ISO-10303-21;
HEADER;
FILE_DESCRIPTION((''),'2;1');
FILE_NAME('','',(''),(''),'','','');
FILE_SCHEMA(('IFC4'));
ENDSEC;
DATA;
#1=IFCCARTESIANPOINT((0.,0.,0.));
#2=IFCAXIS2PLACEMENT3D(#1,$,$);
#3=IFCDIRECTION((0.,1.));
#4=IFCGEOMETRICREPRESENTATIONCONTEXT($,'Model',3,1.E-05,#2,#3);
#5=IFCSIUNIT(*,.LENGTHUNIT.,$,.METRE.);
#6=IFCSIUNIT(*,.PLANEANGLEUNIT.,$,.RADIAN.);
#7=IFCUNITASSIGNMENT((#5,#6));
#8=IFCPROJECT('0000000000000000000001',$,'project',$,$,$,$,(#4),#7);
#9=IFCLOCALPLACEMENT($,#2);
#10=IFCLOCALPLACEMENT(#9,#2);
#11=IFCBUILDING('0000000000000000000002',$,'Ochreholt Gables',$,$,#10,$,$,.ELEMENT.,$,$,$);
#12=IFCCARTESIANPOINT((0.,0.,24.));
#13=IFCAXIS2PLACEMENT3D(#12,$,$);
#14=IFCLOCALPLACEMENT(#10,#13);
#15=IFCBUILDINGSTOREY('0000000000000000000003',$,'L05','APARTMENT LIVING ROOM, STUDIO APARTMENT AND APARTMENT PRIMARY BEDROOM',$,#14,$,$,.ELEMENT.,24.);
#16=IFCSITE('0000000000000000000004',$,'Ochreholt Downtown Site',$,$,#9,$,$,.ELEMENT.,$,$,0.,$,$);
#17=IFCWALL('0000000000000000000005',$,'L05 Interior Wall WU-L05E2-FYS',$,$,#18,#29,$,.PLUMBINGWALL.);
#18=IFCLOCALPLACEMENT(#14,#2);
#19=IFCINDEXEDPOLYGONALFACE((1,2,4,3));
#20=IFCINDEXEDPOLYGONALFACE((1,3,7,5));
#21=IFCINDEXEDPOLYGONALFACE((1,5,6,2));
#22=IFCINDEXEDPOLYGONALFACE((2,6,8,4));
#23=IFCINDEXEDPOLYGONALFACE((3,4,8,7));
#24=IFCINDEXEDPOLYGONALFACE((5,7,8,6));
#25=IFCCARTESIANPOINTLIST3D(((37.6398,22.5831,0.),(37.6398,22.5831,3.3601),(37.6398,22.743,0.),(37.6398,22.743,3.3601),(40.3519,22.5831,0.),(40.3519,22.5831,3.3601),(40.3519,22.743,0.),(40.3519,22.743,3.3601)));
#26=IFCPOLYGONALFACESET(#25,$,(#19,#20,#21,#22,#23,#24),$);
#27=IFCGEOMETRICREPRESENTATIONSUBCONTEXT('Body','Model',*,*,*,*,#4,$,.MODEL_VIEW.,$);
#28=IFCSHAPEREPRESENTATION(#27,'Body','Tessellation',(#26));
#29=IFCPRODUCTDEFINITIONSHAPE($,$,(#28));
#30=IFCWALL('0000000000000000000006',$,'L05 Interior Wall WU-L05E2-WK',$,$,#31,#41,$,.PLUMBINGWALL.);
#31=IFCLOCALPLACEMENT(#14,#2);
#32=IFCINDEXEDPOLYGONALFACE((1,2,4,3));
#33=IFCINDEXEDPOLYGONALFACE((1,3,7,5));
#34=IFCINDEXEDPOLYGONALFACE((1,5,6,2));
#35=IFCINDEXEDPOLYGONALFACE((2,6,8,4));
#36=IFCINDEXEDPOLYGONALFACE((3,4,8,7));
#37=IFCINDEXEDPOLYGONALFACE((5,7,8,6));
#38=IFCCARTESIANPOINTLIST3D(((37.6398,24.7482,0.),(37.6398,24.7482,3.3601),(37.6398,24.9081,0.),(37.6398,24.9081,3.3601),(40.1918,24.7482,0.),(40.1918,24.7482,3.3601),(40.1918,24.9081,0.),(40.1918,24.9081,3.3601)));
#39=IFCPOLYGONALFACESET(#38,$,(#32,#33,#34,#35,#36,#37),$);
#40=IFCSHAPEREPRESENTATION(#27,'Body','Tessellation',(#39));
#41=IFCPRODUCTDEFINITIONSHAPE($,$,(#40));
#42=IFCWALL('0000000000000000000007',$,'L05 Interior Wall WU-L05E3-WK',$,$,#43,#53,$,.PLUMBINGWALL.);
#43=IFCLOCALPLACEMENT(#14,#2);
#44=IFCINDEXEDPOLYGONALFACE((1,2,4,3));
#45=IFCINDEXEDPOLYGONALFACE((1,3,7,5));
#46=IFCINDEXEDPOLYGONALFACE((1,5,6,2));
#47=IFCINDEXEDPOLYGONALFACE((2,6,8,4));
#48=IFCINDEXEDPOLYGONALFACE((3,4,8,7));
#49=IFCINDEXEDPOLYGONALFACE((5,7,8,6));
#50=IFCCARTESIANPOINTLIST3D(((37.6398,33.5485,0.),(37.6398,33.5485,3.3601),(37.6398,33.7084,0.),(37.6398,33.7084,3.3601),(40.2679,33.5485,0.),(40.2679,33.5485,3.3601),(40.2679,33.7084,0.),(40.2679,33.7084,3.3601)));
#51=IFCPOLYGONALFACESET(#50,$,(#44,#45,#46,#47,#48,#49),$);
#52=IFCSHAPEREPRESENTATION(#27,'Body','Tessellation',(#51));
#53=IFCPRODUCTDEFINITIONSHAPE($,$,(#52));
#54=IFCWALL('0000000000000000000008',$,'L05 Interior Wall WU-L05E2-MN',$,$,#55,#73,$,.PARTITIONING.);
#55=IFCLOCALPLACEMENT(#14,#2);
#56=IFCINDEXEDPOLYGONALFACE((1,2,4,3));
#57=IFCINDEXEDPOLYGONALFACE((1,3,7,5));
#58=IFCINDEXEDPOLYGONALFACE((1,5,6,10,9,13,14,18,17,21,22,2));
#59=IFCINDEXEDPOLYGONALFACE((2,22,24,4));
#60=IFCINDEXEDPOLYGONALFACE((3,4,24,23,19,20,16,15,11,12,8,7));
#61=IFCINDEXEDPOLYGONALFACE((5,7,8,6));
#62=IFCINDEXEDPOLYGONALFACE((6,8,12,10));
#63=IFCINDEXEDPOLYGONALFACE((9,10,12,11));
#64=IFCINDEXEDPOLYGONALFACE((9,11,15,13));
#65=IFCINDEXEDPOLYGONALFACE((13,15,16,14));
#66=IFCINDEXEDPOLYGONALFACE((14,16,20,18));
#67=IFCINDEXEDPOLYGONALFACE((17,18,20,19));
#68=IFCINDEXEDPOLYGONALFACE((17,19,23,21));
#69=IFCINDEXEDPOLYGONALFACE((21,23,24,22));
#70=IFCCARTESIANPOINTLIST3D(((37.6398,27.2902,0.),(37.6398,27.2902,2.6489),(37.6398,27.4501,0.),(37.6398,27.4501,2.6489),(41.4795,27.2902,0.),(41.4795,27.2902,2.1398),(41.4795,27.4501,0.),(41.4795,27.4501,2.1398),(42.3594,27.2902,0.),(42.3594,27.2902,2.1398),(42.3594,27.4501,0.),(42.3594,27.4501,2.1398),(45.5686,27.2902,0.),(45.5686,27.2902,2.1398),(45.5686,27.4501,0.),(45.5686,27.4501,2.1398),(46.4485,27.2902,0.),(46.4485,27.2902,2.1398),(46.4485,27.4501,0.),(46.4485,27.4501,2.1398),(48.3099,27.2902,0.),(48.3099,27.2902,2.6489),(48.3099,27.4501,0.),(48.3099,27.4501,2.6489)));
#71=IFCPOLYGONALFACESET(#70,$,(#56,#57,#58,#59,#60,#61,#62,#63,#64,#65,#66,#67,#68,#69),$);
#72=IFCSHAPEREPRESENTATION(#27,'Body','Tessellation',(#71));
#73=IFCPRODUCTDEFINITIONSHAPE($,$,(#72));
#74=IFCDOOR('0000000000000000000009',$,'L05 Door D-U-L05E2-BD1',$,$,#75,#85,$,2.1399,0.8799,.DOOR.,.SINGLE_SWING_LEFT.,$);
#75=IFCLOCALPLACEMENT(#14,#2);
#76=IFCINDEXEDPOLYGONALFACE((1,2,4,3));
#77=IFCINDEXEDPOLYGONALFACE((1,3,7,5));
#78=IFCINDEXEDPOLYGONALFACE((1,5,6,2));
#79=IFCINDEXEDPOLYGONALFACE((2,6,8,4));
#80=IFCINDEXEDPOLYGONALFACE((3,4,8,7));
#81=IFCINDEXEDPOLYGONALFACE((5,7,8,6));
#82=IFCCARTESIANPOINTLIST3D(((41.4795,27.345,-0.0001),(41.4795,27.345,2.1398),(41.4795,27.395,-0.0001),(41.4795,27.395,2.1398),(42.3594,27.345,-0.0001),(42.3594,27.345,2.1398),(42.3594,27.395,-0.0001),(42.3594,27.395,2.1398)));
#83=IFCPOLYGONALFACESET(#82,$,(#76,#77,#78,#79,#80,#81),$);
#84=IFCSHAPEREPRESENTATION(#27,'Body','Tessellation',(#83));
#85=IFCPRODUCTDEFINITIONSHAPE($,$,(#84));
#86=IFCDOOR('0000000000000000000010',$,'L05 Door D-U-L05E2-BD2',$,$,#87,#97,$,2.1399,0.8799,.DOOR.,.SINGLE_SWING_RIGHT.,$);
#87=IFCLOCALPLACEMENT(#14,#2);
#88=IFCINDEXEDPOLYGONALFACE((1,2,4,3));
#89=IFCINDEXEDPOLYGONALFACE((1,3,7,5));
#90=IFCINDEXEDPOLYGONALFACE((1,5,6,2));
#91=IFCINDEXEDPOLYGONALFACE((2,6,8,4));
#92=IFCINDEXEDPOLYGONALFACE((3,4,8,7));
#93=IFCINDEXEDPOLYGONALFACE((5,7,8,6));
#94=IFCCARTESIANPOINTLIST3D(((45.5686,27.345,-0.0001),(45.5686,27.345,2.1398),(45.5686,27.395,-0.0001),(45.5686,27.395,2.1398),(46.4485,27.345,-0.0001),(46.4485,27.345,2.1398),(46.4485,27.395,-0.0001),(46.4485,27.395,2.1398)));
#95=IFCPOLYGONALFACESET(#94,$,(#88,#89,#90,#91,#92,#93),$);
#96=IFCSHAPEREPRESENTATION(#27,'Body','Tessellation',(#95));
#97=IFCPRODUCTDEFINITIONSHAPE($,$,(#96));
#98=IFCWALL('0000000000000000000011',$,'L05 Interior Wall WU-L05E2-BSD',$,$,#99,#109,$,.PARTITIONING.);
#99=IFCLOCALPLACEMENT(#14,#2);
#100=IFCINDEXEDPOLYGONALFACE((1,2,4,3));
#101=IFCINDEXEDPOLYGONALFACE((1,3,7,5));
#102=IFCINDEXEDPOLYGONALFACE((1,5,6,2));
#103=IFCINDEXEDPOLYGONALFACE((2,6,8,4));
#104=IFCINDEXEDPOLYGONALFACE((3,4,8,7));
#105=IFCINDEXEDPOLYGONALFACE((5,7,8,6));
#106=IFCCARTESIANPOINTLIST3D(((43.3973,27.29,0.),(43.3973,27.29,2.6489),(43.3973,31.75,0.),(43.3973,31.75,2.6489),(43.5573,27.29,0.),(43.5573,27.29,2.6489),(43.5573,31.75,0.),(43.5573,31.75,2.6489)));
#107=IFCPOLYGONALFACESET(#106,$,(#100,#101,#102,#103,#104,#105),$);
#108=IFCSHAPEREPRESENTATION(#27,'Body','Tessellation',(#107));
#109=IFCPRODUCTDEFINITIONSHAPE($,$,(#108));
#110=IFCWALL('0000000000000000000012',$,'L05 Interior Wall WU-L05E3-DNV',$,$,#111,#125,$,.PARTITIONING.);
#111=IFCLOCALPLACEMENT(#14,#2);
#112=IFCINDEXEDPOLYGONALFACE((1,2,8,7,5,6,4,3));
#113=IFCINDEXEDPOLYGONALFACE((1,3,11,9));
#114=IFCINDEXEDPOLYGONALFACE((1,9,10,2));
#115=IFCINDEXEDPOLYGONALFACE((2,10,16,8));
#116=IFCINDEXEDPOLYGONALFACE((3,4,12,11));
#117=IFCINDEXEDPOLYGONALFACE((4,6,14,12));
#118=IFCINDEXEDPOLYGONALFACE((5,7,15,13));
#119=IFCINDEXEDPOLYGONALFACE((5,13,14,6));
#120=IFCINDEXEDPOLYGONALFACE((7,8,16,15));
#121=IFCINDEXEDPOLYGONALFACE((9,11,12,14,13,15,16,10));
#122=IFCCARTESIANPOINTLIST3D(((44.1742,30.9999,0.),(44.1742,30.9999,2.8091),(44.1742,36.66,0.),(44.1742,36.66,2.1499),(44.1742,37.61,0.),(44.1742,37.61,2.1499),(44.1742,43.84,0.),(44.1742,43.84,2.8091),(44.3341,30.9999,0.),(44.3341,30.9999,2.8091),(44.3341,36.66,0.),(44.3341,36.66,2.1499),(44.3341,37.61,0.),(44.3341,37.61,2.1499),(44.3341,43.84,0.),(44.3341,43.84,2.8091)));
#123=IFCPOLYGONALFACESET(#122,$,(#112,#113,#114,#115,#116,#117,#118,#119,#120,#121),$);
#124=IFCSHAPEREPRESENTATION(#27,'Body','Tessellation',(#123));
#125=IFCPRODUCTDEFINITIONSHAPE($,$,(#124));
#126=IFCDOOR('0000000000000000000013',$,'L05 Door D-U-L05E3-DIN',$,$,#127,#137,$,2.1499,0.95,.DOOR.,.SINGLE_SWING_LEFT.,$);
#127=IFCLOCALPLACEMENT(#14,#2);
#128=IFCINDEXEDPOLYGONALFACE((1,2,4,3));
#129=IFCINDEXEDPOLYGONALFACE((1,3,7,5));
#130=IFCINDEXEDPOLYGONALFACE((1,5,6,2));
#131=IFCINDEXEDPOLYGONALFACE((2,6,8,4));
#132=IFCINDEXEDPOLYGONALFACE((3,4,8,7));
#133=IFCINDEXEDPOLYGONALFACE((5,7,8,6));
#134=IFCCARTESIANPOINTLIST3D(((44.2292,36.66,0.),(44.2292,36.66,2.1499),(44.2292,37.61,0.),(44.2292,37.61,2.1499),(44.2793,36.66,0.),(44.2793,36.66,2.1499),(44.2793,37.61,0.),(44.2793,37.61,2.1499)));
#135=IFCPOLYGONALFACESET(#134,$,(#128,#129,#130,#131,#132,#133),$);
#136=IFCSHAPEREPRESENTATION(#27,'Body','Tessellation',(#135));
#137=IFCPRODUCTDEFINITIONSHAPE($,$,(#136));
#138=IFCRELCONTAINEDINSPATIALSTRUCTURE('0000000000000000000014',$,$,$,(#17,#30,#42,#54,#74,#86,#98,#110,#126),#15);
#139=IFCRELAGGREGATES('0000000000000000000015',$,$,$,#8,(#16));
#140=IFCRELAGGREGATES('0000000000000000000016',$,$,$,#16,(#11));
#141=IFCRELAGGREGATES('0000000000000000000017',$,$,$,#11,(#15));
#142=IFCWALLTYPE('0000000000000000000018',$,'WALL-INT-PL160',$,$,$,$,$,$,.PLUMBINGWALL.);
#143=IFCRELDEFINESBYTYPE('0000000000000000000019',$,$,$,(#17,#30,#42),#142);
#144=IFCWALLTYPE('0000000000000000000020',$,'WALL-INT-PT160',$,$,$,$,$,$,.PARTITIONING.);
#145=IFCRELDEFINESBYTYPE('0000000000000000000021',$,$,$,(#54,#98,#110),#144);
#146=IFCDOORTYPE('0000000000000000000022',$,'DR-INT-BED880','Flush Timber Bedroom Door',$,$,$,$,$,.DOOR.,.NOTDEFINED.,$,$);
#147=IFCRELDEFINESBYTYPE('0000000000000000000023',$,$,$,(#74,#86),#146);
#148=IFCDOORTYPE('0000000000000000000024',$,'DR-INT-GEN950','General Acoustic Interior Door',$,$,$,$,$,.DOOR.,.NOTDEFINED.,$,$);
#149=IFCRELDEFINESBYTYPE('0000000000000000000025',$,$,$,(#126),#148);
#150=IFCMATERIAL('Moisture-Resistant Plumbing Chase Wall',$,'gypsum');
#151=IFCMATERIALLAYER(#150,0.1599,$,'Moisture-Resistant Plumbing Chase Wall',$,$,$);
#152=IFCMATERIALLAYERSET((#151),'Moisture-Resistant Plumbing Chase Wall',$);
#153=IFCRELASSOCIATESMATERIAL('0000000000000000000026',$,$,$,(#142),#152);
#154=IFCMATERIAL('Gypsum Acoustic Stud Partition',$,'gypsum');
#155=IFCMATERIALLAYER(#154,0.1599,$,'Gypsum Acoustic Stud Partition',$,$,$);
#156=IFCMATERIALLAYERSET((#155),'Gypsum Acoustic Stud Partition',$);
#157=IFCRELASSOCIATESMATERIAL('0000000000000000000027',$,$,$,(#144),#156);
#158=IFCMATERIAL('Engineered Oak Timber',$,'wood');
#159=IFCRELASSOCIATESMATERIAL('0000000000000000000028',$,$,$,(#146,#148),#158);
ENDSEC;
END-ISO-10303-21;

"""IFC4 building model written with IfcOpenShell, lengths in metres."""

from ifc_helpers import new_model, si_unit, direction, frame, frame_2d, origin, place, context, subcontext, project, spatial, rectangle, extrude, material, layer, layer_set, type_object, element, fill, save


model = new_model("IFC4")

# Units and contexts
model_context = context("Model", 3, precision=1e-05, world=origin(), true_north=direction((0.0, 1.0)))
body_context = subcontext(model_context, "Body", "Model", "MODEL_VIEW")
ifc_project = project(units=[si_unit("LENGTHUNIT", "METRE"), si_unit("PLANEANGLEUNIT", "RADIAN")], contexts=[model_context])

# Site, building, storey
site_placement = place(None, origin())
site = spatial("IfcSite", under=ifc_project, at=site_placement, Name="Ochreholt Downtown Site", CompositionType="ELEMENT", RefElevation=0.0)
building_placement = place(site_placement, origin())
building = spatial("IfcBuilding", under=site, at=building_placement, Name="Ochreholt Gables", CompositionType="ELEMENT")
storey_placement = place(building_placement, frame((0.0, 0.0, 24.0)))
storey = spatial("IfcBuildingStorey", under=building, at=storey_placement, Name="L05", Description="APARTMENT LIVING ROOM, STUDIO APARTMENT AND APARTMENT PRIMARY BEDROOM", CompositionType="ELEMENT", Elevation=24.0)

# Wall
ifc_material_1 = material(Name="Moisture-Resistant Plumbing Chase Wall", Category="gypsum")
ifc_layer_1 = layer(ifc_material_1, 0.1599, Name="Moisture-Resistant Plumbing Chase Wall")
ifc_layer_set_1 = layer_set([ifc_layer_1], Name="Moisture-Resistant Plumbing Chase Wall")
wall_type_1 = type_object("IfcWallType", Name="WALL-INT-PL160", PredefinedType="PLUMBINGWALL", material=ifc_layer_set_1)
wall_1_placement = place(storey_placement, frame((37.6399, 22.6631, 0.0), z_axis=(0.0, 0.0, 1.0), x_axis=(1.0, 0.0, 0.0)))
element("IfcWall", 1, at=wall_1_placement, inside=storey, type_object=wall_type_1, Name="L05 Interior Wall WU-L05E2-FYS", PredefinedType="PLUMBINGWALL", context=body_context, shape_type="SweptSolid", body=[
    extrude(rectangle(XDim=2.7122, YDim=0.1599, at=frame_2d((1.356, 0.0))), origin(), (0.0, 0.0, 1.0), 3.3601),
])

# Shared definitions
ifc_material_2 = material(Name="Engineered Oak Timber", Category="wood")

# Wall
wall_2_placement = place(storey_placement, frame((37.6399, 24.8281, 0.0), z_axis=(0.0, 0.0, 1.0), x_axis=(1.0, 0.0, 0.0)))
element("IfcWall", 2, at=wall_2_placement, inside=storey, type_object=wall_type_1, Name="L05 Interior Wall WU-L05E2-WK", PredefinedType="PLUMBINGWALL", context=body_context, shape_type="SweptSolid", body=[
    extrude(rectangle(XDim=2.552, YDim=0.1599, at=frame_2d((1.2759, 0.0))), origin(), (0.0, 0.0, 1.0), 3.3601),
])

# Wall
wall_3_placement = place(storey_placement, frame((37.6399, 33.6284, 0.0), z_axis=(0.0, 0.0, 1.0), x_axis=(1.0, 0.0, 0.0)))
element("IfcWall", 3, at=wall_3_placement, inside=storey, type_object=wall_type_1, Name="L05 Interior Wall WU-L05E3-WK", PredefinedType="PLUMBINGWALL", context=body_context, shape_type="SweptSolid", body=[
    extrude(rectangle(XDim=2.6282, YDim=0.1599, at=frame_2d((1.314, 0.0))), origin(), (0.0, 0.0, 1.0), 3.3601),
])

# Wall, openings, doors
ifc_material_3 = material(Name="Gypsum Acoustic Stud Partition", Category="gypsum")
ifc_layer_2 = layer(ifc_material_3, 0.1599, Name="Gypsum Acoustic Stud Partition")
ifc_layer_set_2 = layer_set([ifc_layer_2], Name="Gypsum Acoustic Stud Partition")
wall_type_2 = type_object("IfcWallType", Name="WALL-INT-PT160", PredefinedType="PARTITIONING", material=ifc_layer_set_2)
wall_4_placement = place(storey_placement, frame((37.6399, 27.3701, 0.0), z_axis=(0.0, 0.0, 1.0), x_axis=(1.0, 0.0, 0.0)))
wall_4 = element("IfcWall", 4, at=wall_4_placement, inside=storey, type_object=wall_type_2, Name="L05 Interior Wall WU-L05E2-MN", PredefinedType="PARTITIONING", context=body_context, shape_type="SweptSolid", body=[
    extrude(rectangle(XDim=10.6702, YDim=0.1599, at=frame_2d((5.335, 0.0))), origin(), (0.0, 0.0, 1.0), 2.6489),
])
opening_1_placement = place(wall_4_placement, frame((3.8396, 0.0, 0.0)))
opening_1 = element("IfcOpeningElement", 5, at=opening_1_placement, cuts=wall_4, PredefinedType="OPENING", context=body_context, shape_type="SweptSolid", body=[
    extrude(rectangle(XDim=0.8799, YDim=2.1399, at=frame_2d((0.4399, 1.0698))), frame((0.0, 0.0898, 0.0), z_axis=(0.0, -1.0, 0.0), x_axis=(1.0, 0.0, 0.0)), (0.0, 0.0, 1.0), 0.1799),
])
opening_2_placement = place(wall_4_placement, frame((7.9287, 0.0, 0.0)))
opening_2 = element("IfcOpeningElement", 6, at=opening_2_placement, cuts=wall_4, PredefinedType="OPENING", context=body_context, shape_type="SweptSolid", body=[
    extrude(rectangle(XDim=0.8799, YDim=2.1399, at=frame_2d((0.4399, 1.0698))), frame((0.0, 0.0898, 0.0), z_axis=(0.0, -1.0, 0.0), x_axis=(1.0, 0.0, 0.0)), (0.0, 0.0, 1.0), 0.1799),
])
door_type_1 = type_object("IfcDoorType", Name="DR-INT-BED880", Description="Flush Timber Bedroom Door", OperationType="NOTDEFINED", PredefinedType="DOOR", material=ifc_material_2)
door_1_placement = place(opening_1_placement, origin())
door_1 = element("IfcDoor", 7, at=door_1_placement, inside=storey, type_object=door_type_1, Name="L05 Door D-U-L05E2-BD1", OperationType="SINGLE_SWING_LEFT", OverallHeight=2.1399, OverallWidth=0.8799, PredefinedType="DOOR", context=body_context, shape_type="SweptSolid", body=[
    extrude(rectangle(XDim=0.8799, YDim=2.1399, at=frame_2d((0.4399, 1.0698))), frame((0.0, 0.0249, 0.0), z_axis=(0.0, -1.0, 0.0), x_axis=(1.0, 0.0, 0.0)), (0.0, 0.0, 1.0), 0.05),
])
fill(opening_1, door_1)
door_2_placement = place(opening_2_placement, origin())
door_2 = element("IfcDoor", 8, at=door_2_placement, inside=storey, type_object=door_type_1, Name="L05 Door D-U-L05E2-BD2", OperationType="SINGLE_SWING_RIGHT", OverallHeight=2.1399, OverallWidth=0.8799, PredefinedType="DOOR", context=body_context, shape_type="SweptSolid", body=[
    extrude(rectangle(XDim=0.8799, YDim=2.1399, at=frame_2d((0.4399, 1.0698))), frame((0.0, 0.0249, 0.0), z_axis=(0.0, -1.0, 0.0), x_axis=(1.0, 0.0, 0.0)), (0.0, 0.0, 1.0), 0.05),
])
fill(opening_2, door_2)

# Wall
wall_5_placement = place(storey_placement, frame((43.4773, 27.29, 0.0), z_axis=(0.0, 0.0, 1.0), x_axis=(0.0, 1.0, 0.0)))
element("IfcWall", 9, at=wall_5_placement, inside=storey, type_object=wall_type_2, Name="L05 Interior Wall WU-L05E2-BSD", PredefinedType="PARTITIONING", context=body_context, shape_type="SweptSolid", body=[
    extrude(rectangle(XDim=4.46, YDim=0.1599, at=frame_2d((2.23, 0.0))), origin(), (0.0, 0.0, 1.0), 2.6489),
])

# Wall, opening, door
wall_6_placement = place(storey_placement, frame((44.2542, 31.0, 0.0), z_axis=(0.0, 0.0, 1.0), x_axis=(0.0, 1.0, 0.0)))
wall_6 = element("IfcWall", 10, at=wall_6_placement, inside=storey, type_object=wall_type_2, Name="L05 Interior Wall WU-L05E3-DNV", PredefinedType="PARTITIONING", context=body_context, shape_type="SweptSolid", body=[
    extrude(rectangle(XDim=12.8401, YDim=0.1599, at=frame_2d((6.4199, 0.0))), origin(), (0.0, 0.0, 1.0), 2.8091),
])
opening_3_placement = place(wall_6_placement, frame((5.6599, 0.0, 0.0)))
opening_3 = element("IfcOpeningElement", 11, at=opening_3_placement, cuts=wall_6, PredefinedType="OPENING", context=body_context, shape_type="SweptSolid", body=[
    extrude(rectangle(XDim=0.95, YDim=2.1499, at=frame_2d((0.4751, 1.075))), frame((0.0, 0.0898, 0.0), z_axis=(0.0, -1.0, 0.0), x_axis=(1.0, 0.0, 0.0)), (0.0, 0.0, 1.0), 0.1799),
])
door_type_2 = type_object("IfcDoorType", Name="DR-INT-GEN950", Description="General Acoustic Interior Door", OperationType="NOTDEFINED", PredefinedType="DOOR", material=ifc_material_2)
door_3_placement = place(opening_3_placement, origin())
door_3 = element("IfcDoor", 12, at=door_3_placement, inside=storey, type_object=door_type_2, Name="L05 Door D-U-L05E3-DIN", OperationType="SINGLE_SWING_LEFT", OverallHeight=2.1499, OverallWidth=0.95, PredefinedType="DOOR", context=body_context, shape_type="SweptSolid", body=[
    extrude(rectangle(XDim=0.95, YDim=2.1499, at=frame_2d((0.4751, 1.075))), frame((0.0, 0.0249, 0.0), z_axis=(0.0, -1.0, 0.0), x_axis=(1.0, 0.0, 0.0)), (0.0, 0.0, 1.0), 0.05),
])
fill(opening_3, door_3)

save(model, "model.ifc")
